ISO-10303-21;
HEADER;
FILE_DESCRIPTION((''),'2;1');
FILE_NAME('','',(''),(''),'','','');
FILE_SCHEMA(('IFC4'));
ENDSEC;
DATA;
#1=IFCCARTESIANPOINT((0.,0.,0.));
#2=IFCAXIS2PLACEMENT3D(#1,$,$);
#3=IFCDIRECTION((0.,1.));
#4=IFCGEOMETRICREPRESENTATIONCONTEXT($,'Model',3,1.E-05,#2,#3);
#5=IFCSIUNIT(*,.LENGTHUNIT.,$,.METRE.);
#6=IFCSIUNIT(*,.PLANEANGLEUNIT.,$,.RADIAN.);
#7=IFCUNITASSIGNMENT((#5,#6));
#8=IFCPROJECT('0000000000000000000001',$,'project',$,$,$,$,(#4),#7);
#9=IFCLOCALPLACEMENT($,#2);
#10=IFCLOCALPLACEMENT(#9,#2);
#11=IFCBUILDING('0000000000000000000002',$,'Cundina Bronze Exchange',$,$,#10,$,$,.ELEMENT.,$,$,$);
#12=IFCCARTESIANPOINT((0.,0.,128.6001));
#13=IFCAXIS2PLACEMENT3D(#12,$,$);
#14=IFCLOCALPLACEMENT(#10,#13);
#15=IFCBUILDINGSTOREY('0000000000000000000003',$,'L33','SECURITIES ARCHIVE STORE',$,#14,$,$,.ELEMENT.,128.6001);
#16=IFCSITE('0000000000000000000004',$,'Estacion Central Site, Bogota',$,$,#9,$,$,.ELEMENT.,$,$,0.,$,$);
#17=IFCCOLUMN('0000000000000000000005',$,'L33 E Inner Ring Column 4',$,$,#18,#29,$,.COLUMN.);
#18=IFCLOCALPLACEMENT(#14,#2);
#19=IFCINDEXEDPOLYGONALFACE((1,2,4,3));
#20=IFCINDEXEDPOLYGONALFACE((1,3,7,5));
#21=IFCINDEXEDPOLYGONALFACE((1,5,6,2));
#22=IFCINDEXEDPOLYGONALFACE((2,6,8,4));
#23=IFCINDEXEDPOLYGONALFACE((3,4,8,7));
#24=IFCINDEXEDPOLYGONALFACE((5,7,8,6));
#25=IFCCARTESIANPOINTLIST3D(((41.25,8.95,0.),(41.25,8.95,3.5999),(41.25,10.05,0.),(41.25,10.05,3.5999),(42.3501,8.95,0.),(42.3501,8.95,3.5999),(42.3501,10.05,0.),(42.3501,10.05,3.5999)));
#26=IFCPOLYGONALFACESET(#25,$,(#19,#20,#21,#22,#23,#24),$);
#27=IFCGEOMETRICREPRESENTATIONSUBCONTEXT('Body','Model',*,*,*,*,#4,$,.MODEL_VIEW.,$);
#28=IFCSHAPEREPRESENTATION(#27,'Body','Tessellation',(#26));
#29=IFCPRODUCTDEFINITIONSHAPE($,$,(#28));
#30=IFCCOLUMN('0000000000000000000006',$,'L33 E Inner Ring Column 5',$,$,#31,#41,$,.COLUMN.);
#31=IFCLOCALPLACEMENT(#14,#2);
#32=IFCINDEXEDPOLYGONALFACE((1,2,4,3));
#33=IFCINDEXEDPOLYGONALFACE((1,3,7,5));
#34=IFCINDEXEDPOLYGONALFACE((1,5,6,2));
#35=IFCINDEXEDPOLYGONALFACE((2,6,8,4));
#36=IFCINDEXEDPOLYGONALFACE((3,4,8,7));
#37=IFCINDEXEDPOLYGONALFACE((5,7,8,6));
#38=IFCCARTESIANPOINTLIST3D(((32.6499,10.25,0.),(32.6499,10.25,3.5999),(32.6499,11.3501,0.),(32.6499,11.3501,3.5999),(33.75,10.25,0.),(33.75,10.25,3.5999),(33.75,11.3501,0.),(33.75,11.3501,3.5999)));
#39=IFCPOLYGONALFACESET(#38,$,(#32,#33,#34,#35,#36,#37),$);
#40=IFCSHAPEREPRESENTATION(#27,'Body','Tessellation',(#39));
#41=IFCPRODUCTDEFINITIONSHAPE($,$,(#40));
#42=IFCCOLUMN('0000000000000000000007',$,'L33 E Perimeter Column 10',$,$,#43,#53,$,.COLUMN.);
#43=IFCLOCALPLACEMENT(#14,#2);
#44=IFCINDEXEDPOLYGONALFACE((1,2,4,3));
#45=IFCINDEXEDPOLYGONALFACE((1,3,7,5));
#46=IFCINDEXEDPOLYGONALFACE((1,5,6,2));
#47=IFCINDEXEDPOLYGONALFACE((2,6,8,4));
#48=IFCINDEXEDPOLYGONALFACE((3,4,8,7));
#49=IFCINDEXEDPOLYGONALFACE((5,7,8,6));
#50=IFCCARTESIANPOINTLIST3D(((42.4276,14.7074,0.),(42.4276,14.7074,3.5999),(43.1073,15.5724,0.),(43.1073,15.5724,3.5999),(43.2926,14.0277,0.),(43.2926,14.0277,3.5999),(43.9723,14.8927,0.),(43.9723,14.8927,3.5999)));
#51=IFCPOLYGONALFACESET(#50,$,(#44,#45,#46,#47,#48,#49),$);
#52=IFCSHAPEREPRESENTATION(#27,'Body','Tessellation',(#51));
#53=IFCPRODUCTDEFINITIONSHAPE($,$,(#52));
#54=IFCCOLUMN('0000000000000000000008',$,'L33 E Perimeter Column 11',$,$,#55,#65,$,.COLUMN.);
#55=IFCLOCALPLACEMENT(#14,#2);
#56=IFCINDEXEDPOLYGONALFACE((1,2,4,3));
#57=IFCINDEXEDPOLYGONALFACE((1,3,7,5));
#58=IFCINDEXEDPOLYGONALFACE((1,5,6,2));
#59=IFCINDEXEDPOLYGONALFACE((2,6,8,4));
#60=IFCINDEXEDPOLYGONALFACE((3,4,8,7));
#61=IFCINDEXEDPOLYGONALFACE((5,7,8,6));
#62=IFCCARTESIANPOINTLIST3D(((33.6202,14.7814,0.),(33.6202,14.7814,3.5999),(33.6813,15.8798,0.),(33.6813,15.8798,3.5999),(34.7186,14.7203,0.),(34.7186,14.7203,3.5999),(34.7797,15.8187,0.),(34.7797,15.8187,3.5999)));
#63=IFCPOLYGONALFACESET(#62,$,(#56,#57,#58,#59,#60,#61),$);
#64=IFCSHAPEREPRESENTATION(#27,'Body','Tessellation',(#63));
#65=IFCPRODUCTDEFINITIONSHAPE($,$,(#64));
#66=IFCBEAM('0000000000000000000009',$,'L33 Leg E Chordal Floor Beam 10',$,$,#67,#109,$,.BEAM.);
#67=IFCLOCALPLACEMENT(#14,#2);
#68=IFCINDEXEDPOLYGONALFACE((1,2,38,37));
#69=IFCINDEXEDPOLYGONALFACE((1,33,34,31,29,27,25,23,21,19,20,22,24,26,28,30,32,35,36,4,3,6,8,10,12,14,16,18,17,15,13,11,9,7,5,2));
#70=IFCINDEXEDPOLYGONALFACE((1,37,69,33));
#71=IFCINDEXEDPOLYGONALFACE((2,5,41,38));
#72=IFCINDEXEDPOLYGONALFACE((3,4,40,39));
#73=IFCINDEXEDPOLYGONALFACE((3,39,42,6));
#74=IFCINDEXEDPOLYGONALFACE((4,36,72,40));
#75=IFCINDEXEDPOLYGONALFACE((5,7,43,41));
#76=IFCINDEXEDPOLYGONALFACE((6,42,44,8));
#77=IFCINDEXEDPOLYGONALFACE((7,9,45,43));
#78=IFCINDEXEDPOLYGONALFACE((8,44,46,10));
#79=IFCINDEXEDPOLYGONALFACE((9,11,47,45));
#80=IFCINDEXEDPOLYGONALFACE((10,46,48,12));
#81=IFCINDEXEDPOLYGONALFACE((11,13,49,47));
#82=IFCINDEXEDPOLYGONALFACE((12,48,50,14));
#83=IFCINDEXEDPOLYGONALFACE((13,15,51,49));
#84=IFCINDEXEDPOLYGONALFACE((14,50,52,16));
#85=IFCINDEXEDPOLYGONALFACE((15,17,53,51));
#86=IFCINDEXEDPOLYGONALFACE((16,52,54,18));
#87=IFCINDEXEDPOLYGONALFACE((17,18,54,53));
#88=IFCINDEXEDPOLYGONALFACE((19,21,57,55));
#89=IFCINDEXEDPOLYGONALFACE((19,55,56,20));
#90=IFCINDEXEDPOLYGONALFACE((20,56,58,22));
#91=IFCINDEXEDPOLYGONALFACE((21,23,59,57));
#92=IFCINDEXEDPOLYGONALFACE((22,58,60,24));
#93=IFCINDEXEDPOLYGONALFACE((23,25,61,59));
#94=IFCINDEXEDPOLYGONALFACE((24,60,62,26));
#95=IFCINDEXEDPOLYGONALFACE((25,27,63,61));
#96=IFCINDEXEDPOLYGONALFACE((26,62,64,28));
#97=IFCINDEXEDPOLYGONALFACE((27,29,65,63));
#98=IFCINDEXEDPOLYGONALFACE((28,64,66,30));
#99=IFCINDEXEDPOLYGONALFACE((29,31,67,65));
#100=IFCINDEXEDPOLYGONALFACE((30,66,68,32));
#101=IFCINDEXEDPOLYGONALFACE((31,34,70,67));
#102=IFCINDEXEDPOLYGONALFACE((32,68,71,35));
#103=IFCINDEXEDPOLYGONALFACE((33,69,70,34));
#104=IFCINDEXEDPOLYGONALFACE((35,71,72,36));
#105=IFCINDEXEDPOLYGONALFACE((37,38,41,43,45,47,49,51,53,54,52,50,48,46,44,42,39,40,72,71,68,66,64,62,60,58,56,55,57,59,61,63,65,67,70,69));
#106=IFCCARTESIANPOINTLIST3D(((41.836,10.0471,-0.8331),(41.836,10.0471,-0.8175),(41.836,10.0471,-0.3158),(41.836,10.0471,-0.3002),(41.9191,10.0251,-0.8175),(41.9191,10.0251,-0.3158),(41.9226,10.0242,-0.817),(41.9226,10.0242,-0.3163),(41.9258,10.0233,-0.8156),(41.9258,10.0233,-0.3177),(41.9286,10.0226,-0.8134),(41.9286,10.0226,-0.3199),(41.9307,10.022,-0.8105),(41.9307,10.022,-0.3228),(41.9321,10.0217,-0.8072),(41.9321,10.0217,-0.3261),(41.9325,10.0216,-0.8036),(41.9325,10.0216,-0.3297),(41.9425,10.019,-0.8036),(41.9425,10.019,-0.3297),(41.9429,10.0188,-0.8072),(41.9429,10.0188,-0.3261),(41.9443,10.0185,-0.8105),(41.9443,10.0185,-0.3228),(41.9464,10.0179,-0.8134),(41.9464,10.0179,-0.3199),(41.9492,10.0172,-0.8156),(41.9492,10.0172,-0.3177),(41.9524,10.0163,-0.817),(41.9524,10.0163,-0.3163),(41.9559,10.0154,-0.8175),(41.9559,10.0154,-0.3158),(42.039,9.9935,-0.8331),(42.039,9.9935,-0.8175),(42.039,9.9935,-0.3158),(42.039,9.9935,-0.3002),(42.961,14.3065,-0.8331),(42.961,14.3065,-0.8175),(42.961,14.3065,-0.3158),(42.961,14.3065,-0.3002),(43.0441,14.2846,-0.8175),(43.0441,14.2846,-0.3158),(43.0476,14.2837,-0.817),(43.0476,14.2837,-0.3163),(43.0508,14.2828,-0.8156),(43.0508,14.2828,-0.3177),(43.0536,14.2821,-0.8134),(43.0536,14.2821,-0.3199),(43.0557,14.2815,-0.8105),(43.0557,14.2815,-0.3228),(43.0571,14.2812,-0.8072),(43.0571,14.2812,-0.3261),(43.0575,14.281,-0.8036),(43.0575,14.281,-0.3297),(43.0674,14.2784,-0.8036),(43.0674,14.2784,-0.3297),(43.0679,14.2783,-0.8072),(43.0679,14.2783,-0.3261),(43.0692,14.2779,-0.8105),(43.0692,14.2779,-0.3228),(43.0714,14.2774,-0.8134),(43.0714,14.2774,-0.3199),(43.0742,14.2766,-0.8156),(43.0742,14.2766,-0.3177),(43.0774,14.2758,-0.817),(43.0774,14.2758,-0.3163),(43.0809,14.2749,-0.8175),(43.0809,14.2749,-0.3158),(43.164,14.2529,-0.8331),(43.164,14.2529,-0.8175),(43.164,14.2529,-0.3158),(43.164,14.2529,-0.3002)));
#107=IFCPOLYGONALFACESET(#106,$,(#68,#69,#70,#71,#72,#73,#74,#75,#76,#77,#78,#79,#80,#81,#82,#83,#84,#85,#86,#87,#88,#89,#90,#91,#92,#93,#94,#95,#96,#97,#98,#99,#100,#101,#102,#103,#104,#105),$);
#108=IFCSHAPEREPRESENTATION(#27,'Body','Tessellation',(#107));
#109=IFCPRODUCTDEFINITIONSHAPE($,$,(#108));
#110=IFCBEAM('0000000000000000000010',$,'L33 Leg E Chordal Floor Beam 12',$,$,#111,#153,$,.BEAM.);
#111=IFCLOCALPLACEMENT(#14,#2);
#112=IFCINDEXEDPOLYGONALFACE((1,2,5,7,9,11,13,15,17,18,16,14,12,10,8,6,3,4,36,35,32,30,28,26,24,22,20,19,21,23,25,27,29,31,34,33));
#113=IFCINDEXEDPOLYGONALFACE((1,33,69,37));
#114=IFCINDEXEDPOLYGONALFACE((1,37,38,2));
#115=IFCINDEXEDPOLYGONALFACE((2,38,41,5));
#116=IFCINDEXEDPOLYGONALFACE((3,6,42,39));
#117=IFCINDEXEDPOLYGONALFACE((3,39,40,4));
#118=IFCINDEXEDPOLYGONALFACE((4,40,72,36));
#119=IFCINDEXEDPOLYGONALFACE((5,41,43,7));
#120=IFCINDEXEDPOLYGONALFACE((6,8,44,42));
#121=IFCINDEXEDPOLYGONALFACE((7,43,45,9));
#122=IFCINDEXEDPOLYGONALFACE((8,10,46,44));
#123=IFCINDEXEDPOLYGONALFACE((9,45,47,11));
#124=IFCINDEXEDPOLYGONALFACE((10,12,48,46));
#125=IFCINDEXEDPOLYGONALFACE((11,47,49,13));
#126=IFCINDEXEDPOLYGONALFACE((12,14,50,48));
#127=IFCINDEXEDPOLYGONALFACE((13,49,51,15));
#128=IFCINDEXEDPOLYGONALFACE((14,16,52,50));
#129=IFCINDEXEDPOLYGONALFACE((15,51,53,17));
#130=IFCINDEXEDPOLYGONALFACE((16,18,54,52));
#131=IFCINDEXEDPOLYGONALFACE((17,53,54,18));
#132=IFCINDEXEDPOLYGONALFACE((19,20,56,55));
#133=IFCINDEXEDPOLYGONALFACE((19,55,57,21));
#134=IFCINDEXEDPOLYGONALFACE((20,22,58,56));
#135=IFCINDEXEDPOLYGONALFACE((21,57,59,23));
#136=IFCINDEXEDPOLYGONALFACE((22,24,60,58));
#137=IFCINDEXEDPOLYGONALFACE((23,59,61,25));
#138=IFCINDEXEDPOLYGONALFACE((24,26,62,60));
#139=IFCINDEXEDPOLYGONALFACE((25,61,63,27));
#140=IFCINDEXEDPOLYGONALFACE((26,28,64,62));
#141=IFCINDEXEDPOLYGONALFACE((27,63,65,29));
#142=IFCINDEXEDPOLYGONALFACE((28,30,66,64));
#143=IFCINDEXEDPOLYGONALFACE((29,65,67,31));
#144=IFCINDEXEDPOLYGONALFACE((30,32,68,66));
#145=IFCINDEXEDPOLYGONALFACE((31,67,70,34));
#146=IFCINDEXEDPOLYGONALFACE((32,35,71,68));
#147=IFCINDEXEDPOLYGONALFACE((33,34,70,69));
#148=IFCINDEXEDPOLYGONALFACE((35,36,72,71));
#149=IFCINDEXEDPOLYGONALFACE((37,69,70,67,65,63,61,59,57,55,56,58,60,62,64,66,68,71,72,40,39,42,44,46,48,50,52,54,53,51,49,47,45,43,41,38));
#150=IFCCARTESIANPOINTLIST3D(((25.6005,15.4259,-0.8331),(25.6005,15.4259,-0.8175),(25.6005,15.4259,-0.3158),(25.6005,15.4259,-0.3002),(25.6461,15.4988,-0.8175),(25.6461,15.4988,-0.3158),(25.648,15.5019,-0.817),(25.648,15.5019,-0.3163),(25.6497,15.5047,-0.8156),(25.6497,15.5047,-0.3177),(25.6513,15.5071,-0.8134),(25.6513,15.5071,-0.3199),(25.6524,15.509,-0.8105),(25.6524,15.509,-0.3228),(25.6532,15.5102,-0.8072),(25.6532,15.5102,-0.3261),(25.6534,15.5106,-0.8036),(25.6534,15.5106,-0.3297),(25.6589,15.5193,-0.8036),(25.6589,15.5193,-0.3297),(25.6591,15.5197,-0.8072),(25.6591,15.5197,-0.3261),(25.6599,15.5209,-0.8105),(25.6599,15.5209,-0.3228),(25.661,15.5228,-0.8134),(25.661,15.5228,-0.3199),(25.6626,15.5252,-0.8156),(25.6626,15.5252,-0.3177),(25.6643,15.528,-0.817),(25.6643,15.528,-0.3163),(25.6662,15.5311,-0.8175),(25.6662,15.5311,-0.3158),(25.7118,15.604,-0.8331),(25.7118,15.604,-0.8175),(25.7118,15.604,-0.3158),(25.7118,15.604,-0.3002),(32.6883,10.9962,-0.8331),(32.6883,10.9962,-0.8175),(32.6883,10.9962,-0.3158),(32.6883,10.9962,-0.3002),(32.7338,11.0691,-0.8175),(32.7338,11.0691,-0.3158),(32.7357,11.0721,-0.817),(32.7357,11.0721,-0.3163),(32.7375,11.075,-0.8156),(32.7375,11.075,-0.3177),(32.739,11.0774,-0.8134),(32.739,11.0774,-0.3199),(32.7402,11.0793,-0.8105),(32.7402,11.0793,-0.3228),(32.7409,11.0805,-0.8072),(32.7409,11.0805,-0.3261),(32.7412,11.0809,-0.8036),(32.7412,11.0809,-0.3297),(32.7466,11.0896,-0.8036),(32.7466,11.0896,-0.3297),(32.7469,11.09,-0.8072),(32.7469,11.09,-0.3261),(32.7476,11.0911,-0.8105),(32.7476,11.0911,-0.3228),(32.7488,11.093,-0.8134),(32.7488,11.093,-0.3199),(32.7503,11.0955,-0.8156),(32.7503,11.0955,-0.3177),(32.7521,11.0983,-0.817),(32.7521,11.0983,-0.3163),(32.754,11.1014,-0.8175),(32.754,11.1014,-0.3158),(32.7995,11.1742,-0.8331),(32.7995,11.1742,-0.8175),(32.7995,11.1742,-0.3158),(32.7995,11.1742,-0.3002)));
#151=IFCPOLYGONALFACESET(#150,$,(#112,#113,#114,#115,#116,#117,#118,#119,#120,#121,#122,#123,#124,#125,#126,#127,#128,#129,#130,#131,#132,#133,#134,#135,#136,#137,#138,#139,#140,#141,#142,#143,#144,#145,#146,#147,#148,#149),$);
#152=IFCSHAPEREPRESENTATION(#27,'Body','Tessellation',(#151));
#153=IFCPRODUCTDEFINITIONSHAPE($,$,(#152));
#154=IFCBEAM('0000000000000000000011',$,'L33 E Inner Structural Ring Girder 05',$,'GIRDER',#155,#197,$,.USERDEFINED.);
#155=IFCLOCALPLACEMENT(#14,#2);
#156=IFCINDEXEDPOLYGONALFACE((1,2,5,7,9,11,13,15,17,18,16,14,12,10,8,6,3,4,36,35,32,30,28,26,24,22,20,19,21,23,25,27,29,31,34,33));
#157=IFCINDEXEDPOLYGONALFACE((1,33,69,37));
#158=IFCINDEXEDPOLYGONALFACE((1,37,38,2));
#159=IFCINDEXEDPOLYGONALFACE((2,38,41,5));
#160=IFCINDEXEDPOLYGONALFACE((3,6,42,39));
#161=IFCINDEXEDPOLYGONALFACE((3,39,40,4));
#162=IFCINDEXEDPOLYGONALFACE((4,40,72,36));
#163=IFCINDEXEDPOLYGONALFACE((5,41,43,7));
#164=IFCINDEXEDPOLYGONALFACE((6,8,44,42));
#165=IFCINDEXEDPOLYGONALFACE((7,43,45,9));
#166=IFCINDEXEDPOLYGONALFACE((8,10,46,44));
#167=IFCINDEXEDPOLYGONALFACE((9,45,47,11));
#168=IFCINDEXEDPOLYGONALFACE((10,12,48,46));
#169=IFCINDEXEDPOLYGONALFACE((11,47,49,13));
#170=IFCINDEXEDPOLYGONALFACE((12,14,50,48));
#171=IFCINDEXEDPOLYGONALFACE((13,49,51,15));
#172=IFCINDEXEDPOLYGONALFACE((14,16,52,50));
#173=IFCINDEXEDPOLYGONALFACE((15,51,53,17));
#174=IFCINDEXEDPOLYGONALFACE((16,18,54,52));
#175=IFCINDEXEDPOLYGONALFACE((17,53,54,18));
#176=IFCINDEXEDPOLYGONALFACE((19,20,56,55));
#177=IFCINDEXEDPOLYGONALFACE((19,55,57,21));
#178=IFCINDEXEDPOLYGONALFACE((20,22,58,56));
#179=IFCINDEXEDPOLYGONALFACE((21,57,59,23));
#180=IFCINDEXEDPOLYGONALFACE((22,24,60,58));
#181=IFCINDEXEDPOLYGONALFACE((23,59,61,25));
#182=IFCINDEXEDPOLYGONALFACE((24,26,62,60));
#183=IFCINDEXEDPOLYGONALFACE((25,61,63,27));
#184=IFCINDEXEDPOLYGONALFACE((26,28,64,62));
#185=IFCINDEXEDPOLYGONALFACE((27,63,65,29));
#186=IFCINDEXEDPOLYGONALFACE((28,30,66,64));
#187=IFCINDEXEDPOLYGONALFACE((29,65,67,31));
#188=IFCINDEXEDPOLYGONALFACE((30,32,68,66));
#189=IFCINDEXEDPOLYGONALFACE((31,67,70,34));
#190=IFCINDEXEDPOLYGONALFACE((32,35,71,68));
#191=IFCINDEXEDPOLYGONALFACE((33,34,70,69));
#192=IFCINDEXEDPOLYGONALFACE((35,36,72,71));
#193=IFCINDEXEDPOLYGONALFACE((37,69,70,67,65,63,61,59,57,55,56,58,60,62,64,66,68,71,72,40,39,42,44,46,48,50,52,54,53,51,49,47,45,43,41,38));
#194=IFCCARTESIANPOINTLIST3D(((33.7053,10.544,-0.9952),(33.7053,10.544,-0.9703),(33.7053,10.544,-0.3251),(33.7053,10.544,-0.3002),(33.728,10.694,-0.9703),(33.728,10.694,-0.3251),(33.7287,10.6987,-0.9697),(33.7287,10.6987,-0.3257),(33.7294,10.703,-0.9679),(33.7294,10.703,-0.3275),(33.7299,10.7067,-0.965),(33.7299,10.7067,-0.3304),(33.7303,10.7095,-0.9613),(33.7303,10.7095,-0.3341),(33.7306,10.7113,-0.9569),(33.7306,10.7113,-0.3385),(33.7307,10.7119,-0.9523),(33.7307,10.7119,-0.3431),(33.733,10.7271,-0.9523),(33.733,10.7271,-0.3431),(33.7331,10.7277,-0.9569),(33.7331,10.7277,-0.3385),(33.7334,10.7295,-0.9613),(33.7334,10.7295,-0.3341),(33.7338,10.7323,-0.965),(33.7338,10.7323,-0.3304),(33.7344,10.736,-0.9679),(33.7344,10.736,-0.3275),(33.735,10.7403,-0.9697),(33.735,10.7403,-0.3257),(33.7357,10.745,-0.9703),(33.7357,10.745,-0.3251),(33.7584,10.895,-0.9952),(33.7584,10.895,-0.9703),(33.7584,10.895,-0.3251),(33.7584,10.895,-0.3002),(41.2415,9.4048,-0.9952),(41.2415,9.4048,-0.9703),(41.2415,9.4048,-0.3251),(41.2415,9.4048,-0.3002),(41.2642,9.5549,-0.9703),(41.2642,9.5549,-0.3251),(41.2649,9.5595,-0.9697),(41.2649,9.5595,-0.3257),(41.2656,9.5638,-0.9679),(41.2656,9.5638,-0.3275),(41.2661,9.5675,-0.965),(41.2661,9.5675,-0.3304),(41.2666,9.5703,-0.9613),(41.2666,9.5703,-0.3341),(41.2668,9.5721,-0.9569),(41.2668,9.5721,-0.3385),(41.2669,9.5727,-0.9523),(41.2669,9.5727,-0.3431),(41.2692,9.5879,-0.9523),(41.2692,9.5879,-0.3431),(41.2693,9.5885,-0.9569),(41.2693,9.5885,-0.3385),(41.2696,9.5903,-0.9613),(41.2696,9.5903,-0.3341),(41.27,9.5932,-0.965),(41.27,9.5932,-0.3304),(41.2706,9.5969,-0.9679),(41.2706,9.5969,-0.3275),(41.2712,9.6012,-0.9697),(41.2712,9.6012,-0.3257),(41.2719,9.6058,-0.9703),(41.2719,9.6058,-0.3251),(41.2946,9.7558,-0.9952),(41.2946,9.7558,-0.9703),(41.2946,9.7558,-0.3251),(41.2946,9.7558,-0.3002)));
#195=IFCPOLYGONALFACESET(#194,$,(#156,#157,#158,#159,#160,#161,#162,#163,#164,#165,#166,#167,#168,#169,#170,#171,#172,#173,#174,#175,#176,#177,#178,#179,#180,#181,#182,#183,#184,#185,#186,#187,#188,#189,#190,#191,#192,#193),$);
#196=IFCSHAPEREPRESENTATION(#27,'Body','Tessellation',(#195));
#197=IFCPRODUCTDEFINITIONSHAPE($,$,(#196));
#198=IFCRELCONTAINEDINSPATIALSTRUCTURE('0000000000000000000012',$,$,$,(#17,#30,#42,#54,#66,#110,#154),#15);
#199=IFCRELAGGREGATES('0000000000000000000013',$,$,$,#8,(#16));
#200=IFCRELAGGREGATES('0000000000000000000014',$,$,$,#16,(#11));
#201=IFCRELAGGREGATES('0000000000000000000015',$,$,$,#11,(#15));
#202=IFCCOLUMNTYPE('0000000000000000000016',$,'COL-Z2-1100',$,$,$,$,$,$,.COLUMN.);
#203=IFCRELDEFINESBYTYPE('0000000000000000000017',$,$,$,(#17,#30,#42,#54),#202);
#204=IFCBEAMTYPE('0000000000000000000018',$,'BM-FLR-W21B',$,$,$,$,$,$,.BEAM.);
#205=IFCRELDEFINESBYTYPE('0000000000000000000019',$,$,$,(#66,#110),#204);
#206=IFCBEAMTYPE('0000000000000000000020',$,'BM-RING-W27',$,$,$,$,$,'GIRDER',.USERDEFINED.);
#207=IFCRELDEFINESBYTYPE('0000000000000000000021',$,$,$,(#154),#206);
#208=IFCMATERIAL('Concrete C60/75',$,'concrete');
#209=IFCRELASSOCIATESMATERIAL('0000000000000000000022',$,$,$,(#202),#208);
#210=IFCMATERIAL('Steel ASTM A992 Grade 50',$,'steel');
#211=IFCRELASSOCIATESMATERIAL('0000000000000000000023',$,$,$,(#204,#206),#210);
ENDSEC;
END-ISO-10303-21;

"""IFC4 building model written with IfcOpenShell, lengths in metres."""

from ifc_helpers import new_model, si_unit, direction, frame, origin, origin_2d, place, context, subcontext, project, spatial, rectangle, i_section, extrude, material, material_profile, profile_set, type_object, element, save


model = new_model("IFC4")

# Units and contexts
model_context = context("Model", 3, precision=1e-05, world=origin(), true_north=direction((0.0, 1.0)))
body_context = subcontext(model_context, "Body", "Model", "MODEL_VIEW")
ifc_project = project(units=[si_unit("LENGTHUNIT", "METRE"), si_unit("PLANEANGLEUNIT", "RADIAN")], contexts=[model_context])

# Site, building, storey
site_placement = place(None, origin())
site = spatial("IfcSite", under=ifc_project, at=site_placement, Name="Estacion Central Site, Bogota", CompositionType="ELEMENT", RefElevation=0.0)
building_placement = place(site_placement, origin())
building = spatial("IfcBuilding", under=site, at=building_placement, Name="Cundina Bronze Exchange", CompositionType="ELEMENT")
storey_placement = place(building_placement, frame((0.0, 0.0, 128.6001)))
storey = spatial("IfcBuildingStorey", under=building, at=storey_placement, Name="L33", Description="SECURITIES ARCHIVE STORE", CompositionType="ELEMENT", Elevation=128.6001)

# Columns
ifc_material_1 = material(Name="Concrete C60/75", Category="concrete")
ifc_material_profile_1 = material_profile(ifc_material_1, rectangle(XDim=1.1001, YDim=1.1001, at=origin_2d()), Name="RC1100X1100", Category="concrete")
ifc_profile_set_1 = profile_set([ifc_material_profile_1], Name="Concrete C60/75")
column_type = type_object("IfcColumnType", Name="COL-Z2-1100", PredefinedType="COLUMN", material=ifc_profile_set_1)
for number, where, z_axis, x_axis, name in (
    (1, (41.8, 9.5, 0.0), (0.0, 0.0, 1.0), (1.0, 0.0, 0.0), "L33 E Inner Ring Column 4"),
    (2, (33.2, 10.8, 0.0), (0.0, 0.0, 1.0), (1.0, 0.0, 0.0), "L33 E Inner Ring Column 5"),
    (3, (43.2, 14.8, 0.0), (0.0, 0.0, 1.0), (-0.786288, 0.61786, 0.0), "L33 E Perimeter Column 10"),
    (4, (34.2, 15.3, 0.0), (0.0, 0.0, 1.0), (-0.99846, 0.055473, 0.0), "L33 E Perimeter Column 11"),
):
    element("IfcColumn", number, at=place(storey_placement, frame(where, z_axis=z_axis, x_axis=x_axis)), inside=storey, type_object=column_type, Name=name, PredefinedType="COLUMN", context=body_context, shape_type="SweptSolid", body=[
        extrude(rectangle(XDim=1.1001, YDim=1.1001, at=origin_2d()), origin(), (0.0, 0.0, 1.0), 3.5999),
    ])

# Beams
ifc_material_2 = material(Name="Steel ASTM A992 Grade 50", Category="steel")
ifc_material_profile_2 = material_profile(ifc_material_2, i_section(OverallWidth=0.21, OverallDepth=0.533, WebThickness=0.0103, FlangeThickness=0.0156, FilletRadius=0.0139, at=origin_2d()), Name="W21X62", Category="steel")
ifc_profile_set_2 = profile_set([ifc_material_profile_2], Name="Steel ASTM A992 Grade 50")
beam_type_1 = type_object("IfcBeamType", Name="BM-FLR-W21B", PredefinedType="BEAM", material=ifc_profile_set_2)
beam_1_placement = place(storey_placement, frame((41.9375, 10.0203, -0.5667), z_axis=(0.255358, 0.966847, 0.0), x_axis=(-0.966847, 0.255358, 0.0)))
element("IfcBeam", 5, at=beam_1_placement, inside=storey, type_object=beam_type_1, Name="L33 Leg E Chordal Floor Beam 10", PredefinedType="BEAM", context=body_context, shape_type="SweptSolid", body=[
    extrude(i_section(OverallWidth=0.21, OverallDepth=0.533, WebThickness=0.0103, FlangeThickness=0.0156, FilletRadius=0.0139, at=origin_2d()), origin(), (0.0, 0.0, 1.0), 4.4055),
])
beam_2_placement = place(storey_placement, frame((32.7439, 11.0852, -0.5667), z_axis=(-0.848003, 0.529991, 0.0), x_axis=(-0.529991, -0.848003, 0.0)))
element("IfcBeam", 6, at=beam_2_placement, inside=storey, type_object=beam_type_1, Name="L33 Leg E Chordal Floor Beam 12", PredefinedType="BEAM", context=body_context, shape_type="SweptSolid", body=[
    extrude(i_section(OverallWidth=0.21, OverallDepth=0.533, WebThickness=0.0103, FlangeThickness=0.0156, FilletRadius=0.0139, at=origin_2d()), origin(), (0.0, 0.0, 1.0), 8.3582),
])
ifc_material_profile_3 = material_profile(ifc_material_2, i_section(OverallWidth=0.355, OverallDepth=0.6951, WebThickness=0.0154, FlangeThickness=0.0249, FilletRadius=0.0181, at=origin_2d()), Name="W27X146", Category="steel")
ifc_profile_set_3 = profile_set([ifc_material_profile_3], Name="Steel ASTM A992 Grade 50")
beam_type_2 = type_object("IfcBeamType", Name="BM-RING-W27", ElementType="GIRDER", PredefinedType="USERDEFINED", material=ifc_profile_set_3)
beam_3_placement = place(storey_placement, frame((41.2681, 9.5803, -0.6477), z_axis=(-0.988767, 0.149462, 0.0), x_axis=(-0.149462, -0.988767, 0.0)))
element("IfcBeam", 7, at=beam_3_placement, inside=storey, type_object=beam_type_2, Name="L33 E Inner Structural Ring Girder 05", ObjectType="GIRDER", PredefinedType="USERDEFINED", context=body_context, shape_type="SweptSolid", body=[
    extrude(i_section(OverallWidth=0.355, OverallDepth=0.6951, WebThickness=0.0154, FlangeThickness=0.0249, FilletRadius=0.0181, at=origin_2d()), origin(), (0.0, 0.0, 1.0), 7.6218),
])

save(model, "model.ifc")
